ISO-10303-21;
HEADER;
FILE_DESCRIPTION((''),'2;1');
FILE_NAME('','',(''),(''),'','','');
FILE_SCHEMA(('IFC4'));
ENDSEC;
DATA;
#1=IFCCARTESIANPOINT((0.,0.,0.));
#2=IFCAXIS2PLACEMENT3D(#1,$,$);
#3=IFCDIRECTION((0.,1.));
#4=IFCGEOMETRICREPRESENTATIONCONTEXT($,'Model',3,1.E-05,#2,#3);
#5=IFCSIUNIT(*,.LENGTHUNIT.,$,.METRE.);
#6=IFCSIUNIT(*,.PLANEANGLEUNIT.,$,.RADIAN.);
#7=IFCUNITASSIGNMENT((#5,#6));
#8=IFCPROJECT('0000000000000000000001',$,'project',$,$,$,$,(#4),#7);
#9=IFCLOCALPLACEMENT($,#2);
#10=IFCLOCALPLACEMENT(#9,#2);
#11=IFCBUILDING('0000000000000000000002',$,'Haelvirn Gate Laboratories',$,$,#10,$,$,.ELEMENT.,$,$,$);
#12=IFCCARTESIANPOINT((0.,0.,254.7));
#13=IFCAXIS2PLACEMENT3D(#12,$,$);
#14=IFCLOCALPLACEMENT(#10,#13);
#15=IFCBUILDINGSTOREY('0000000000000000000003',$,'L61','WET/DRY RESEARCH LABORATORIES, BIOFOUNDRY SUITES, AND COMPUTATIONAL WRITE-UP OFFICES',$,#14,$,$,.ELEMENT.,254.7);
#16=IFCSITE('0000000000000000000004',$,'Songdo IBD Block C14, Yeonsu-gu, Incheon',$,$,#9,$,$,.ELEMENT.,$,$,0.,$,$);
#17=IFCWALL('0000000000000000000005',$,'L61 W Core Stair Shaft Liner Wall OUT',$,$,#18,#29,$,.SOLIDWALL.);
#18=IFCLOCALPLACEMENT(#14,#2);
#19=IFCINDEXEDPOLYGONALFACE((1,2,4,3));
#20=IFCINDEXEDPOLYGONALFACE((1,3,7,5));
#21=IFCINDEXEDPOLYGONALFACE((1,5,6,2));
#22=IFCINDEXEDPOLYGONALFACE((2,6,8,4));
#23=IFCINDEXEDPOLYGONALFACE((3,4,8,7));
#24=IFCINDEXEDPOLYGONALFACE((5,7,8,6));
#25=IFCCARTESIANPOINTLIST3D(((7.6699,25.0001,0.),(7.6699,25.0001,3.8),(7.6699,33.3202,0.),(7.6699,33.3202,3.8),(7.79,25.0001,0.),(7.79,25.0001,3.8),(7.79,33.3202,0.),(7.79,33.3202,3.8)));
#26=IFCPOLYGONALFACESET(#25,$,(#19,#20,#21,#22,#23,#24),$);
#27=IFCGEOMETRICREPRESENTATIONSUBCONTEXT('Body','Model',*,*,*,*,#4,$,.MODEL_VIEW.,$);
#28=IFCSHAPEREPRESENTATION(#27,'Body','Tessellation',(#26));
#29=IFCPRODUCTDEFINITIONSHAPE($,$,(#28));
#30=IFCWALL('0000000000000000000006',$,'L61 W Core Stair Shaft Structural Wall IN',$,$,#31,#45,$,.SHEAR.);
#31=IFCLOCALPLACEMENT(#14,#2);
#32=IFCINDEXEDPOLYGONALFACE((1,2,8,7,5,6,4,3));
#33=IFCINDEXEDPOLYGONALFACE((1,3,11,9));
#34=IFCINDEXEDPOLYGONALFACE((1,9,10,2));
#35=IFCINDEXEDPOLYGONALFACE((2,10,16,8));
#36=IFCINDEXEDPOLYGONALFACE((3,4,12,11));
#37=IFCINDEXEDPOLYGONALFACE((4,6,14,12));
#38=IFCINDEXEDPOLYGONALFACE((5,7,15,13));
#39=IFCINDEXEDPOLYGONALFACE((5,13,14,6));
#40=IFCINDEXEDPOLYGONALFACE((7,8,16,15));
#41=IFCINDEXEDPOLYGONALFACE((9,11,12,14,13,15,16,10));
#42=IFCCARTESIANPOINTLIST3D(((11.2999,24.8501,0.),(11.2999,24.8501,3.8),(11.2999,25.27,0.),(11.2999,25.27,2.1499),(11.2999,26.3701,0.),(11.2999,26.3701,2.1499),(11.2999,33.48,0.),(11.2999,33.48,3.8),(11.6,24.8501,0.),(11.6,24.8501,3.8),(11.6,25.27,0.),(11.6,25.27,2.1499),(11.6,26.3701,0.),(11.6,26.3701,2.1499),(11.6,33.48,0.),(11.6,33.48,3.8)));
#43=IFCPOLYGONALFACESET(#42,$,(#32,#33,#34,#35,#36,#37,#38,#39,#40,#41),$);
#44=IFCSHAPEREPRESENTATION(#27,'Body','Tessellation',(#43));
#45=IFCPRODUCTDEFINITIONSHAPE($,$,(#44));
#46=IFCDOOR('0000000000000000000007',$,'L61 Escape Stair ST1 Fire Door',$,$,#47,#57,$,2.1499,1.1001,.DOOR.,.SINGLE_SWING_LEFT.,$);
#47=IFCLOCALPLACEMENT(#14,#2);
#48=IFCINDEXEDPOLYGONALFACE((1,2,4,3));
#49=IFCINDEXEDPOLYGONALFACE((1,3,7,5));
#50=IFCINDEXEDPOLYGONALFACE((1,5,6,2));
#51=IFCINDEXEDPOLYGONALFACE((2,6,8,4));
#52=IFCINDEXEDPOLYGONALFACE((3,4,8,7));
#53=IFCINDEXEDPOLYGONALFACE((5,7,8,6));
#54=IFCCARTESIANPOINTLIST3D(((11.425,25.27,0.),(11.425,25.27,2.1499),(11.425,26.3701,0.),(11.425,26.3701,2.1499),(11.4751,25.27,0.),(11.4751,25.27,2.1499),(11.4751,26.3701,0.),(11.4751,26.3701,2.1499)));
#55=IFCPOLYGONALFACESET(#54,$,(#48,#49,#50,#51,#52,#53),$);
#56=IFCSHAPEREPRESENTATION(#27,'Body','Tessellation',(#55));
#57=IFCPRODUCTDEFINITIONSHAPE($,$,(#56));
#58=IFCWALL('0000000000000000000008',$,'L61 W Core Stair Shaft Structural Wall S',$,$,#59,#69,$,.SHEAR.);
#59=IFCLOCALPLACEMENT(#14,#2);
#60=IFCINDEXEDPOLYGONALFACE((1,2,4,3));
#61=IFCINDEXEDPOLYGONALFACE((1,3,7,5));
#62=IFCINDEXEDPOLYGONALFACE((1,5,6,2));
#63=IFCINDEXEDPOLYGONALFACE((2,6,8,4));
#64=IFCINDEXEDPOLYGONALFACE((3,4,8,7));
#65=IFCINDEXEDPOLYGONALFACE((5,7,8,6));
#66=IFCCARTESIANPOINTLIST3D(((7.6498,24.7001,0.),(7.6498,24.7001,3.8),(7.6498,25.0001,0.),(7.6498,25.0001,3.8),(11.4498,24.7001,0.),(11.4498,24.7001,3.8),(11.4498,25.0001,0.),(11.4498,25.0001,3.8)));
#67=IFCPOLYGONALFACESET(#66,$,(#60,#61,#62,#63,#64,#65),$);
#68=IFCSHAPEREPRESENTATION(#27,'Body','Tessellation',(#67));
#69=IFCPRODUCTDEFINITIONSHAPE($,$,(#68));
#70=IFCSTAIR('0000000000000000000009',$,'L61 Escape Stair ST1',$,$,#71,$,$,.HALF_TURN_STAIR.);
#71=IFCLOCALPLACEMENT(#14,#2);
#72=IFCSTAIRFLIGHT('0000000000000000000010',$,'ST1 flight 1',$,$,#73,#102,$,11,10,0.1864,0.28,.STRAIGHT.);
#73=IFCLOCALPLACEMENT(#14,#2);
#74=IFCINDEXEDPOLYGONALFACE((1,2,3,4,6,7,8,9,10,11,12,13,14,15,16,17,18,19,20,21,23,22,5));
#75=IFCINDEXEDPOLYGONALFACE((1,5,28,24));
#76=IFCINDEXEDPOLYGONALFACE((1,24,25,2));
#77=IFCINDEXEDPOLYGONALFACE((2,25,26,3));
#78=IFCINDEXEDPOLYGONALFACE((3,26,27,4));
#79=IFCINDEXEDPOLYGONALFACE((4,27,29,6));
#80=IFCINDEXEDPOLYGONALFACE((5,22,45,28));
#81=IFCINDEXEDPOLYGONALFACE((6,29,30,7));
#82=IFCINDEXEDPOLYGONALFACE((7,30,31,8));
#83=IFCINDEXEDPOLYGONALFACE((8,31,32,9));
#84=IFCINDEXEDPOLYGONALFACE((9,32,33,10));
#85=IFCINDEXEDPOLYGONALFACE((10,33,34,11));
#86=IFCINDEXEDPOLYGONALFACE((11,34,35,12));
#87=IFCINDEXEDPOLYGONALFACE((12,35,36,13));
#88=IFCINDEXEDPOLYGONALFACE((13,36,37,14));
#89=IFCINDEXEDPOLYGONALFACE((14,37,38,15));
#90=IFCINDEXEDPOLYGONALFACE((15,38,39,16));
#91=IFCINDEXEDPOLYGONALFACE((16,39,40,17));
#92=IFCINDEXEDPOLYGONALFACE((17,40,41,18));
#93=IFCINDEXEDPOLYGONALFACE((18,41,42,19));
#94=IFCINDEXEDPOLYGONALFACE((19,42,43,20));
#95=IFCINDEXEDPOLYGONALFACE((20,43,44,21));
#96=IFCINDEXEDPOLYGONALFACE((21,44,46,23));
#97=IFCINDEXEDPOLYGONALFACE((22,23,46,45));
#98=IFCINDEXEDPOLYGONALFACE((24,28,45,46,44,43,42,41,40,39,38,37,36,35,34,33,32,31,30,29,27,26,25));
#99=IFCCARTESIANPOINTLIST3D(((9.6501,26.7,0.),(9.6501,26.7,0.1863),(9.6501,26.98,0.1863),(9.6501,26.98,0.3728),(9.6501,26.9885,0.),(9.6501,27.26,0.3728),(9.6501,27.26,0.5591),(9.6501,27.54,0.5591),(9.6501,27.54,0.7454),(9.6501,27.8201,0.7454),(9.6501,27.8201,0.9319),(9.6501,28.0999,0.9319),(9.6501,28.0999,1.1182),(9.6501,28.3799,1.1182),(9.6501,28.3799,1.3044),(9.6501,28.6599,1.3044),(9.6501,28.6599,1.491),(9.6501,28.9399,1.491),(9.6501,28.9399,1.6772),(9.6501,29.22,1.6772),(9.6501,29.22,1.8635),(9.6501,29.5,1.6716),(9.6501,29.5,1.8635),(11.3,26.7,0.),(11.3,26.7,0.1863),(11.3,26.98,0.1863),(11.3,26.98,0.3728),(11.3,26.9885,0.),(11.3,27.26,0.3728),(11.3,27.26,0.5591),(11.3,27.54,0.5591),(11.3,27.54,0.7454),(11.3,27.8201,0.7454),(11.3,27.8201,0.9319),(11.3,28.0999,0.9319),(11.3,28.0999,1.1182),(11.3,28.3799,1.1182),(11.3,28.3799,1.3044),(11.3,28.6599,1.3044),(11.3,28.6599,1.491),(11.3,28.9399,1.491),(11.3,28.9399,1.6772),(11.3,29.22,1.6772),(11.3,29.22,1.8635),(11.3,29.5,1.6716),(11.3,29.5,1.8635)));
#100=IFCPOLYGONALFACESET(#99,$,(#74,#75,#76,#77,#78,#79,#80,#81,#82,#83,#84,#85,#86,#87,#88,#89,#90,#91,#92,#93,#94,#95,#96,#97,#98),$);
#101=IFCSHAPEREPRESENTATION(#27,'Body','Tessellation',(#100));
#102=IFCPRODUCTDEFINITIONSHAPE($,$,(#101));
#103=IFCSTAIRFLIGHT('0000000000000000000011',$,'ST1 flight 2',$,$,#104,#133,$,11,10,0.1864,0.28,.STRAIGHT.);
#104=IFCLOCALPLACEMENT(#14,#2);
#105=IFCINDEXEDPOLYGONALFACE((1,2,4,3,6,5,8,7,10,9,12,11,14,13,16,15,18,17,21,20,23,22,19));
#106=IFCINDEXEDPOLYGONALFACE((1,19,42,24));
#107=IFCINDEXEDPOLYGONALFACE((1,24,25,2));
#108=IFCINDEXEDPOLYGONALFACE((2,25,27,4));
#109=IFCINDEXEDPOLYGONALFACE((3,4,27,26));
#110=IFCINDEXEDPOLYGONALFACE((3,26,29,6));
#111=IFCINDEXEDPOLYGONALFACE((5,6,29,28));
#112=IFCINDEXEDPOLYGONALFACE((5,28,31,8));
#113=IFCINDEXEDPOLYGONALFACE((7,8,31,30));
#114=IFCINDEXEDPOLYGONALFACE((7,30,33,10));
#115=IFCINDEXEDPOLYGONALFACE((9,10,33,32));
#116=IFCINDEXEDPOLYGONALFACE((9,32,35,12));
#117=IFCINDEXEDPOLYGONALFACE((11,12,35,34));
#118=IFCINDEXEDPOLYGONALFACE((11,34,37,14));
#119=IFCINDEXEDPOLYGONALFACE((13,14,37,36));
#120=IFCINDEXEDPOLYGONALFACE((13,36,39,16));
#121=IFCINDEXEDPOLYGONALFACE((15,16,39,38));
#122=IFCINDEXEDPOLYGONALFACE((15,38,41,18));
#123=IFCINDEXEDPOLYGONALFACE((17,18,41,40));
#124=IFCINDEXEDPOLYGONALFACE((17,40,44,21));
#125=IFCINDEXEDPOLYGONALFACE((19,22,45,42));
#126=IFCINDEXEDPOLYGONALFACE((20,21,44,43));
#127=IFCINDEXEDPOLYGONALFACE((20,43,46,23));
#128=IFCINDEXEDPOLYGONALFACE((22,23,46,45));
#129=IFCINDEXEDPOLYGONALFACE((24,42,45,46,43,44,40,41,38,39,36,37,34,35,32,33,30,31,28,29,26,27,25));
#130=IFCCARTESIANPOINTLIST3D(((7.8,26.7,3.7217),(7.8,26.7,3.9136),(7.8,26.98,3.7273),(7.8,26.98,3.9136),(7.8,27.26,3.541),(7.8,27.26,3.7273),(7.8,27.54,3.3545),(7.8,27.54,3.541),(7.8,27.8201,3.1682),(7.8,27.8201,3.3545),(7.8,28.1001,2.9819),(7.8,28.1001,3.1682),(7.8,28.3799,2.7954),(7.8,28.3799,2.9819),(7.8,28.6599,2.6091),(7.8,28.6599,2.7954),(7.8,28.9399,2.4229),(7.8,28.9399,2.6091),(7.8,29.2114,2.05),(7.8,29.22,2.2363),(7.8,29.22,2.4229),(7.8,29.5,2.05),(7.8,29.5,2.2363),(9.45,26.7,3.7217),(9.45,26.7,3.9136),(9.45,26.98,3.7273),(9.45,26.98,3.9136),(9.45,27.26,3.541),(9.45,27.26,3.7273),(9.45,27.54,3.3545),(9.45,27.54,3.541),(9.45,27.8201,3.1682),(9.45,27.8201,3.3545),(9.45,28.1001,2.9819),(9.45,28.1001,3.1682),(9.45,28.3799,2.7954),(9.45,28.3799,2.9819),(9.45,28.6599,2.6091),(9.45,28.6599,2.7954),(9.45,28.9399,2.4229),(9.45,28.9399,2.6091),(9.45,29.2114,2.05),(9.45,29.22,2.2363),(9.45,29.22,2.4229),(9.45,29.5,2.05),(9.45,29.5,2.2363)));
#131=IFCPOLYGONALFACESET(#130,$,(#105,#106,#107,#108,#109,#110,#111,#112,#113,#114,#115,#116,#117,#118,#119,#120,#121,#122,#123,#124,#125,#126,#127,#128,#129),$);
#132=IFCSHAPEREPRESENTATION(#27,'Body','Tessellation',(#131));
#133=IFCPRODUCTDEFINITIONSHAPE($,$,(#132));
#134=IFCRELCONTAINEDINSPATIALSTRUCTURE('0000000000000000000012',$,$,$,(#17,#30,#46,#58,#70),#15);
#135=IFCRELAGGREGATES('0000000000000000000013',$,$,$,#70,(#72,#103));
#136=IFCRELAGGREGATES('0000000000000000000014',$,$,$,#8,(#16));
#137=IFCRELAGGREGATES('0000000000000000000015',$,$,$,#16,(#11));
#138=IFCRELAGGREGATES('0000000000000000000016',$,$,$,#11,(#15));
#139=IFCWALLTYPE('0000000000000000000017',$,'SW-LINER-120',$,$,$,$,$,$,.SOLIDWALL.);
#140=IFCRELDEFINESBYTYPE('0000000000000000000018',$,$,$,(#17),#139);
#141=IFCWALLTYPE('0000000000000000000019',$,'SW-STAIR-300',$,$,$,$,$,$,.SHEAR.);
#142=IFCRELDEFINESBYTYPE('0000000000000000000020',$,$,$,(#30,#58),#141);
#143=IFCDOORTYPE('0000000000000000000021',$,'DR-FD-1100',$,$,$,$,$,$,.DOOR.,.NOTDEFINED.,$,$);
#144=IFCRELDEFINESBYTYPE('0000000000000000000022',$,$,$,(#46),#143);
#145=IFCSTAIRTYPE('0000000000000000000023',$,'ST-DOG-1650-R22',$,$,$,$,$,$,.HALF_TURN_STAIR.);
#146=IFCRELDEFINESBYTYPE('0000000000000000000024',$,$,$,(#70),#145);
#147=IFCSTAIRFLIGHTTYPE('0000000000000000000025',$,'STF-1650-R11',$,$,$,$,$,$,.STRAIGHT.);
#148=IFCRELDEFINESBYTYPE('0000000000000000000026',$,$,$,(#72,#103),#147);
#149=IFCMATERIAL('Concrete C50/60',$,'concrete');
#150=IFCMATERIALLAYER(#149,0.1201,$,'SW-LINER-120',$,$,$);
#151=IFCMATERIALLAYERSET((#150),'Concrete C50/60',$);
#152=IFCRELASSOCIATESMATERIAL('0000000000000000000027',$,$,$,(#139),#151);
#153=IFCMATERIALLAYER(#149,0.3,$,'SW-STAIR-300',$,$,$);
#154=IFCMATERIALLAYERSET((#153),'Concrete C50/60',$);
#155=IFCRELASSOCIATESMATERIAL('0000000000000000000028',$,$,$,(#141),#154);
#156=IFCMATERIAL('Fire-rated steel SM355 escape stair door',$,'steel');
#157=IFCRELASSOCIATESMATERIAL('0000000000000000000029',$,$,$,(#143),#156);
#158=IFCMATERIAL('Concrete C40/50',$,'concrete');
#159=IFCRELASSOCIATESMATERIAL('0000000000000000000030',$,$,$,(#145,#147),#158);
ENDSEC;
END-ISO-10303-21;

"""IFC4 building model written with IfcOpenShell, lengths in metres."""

from ifc_helpers import new_model, si_unit, direction, frame, frame_2d, origin, place, context, subcontext, project, spatial, polyline, rectangle, outline, extrude, source, transform, mapped, material, layer, layer_set, type_object, type_shapes, element, fill, aggregate, save


model = new_model("IFC4")

# Units and contexts
model_context = context("Model", 3, precision=1e-05, world=origin(), true_north=direction((0.0, 1.0)))
body_context = subcontext(model_context, "Body", "Model", "MODEL_VIEW")
ifc_project = project(units=[si_unit("LENGTHUNIT", "METRE"), si_unit("PLANEANGLEUNIT", "RADIAN")], contexts=[model_context])

# Site, building, storey
site_placement = place(None, origin())
site = spatial("IfcSite", under=ifc_project, at=site_placement, Name="Songdo IBD Block C14, Yeonsu-gu, Incheon", CompositionType="ELEMENT", RefElevation=0.0)
building_placement = place(site_placement, origin())
building = spatial("IfcBuilding", under=site, at=building_placement, Name="Haelvirn Gate Laboratories", CompositionType="ELEMENT")
storey_placement = place(building_placement, frame((0.0, 0.0, 254.7)))
storey = spatial("IfcBuildingStorey", under=building, at=storey_placement, Name="L61", Description="WET/DRY RESEARCH LABORATORIES, BIOFOUNDRY SUITES, AND COMPUTATIONAL WRITE-UP OFFICES", CompositionType="ELEMENT", Elevation=254.7)

# Shared definitions
ifc_material_1 = material(Name="Concrete C50/60", Category="concrete")

# Shared definitions
ifc_material_2 = material(Name="Concrete C40/50", Category="concrete")

# Wall
ifc_layer_1 = layer(ifc_material_1, 0.1201, Name="SW-LINER-120")
ifc_layer_set_1 = layer_set([ifc_layer_1], Name="Concrete C50/60")
wall_type_1 = type_object("IfcWallType", Name="SW-LINER-120", PredefinedType="SOLIDWALL", material=ifc_layer_set_1)
wall_1_placement = place(storey_placement, frame((7.73, 25.0, 0.0), z_axis=(0.0, 0.0, 1.0), x_axis=(0.0, 1.0, 0.0)))
element("IfcWall", 1, at=wall_1_placement, inside=storey, type_object=wall_type_1, Name="L61 W Core Stair Shaft Liner Wall OUT", PredefinedType="SOLIDWALL", context=body_context, shape_type="SweptSolid", body=[
    extrude(rectangle(XDim=8.3201, YDim=0.1201, at=frame_2d((4.1602, 0.0))), origin(), (0.0, 0.0, 1.0), 3.8),
])

# Wall, opening, door
ifc_layer_2 = layer(ifc_material_1, 0.3, Name="SW-STAIR-300")
ifc_layer_set_2 = layer_set([ifc_layer_2], Name="Concrete C50/60")
wall_type_2 = type_object("IfcWallType", Name="SW-STAIR-300", PredefinedType="SHEAR", material=ifc_layer_set_2)
wall_2_placement = place(storey_placement, frame((11.45, 24.8501, 0.0), z_axis=(0.0, 0.0, 1.0), x_axis=(0.0, 1.0, 0.0)))
wall_2 = element("IfcWall", 2, at=wall_2_placement, inside=storey, type_object=wall_type_2, Name="L61 W Core Stair Shaft Structural Wall IN", PredefinedType="SHEAR", context=body_context, shape_type="SweptSolid", body=[
    extrude(rectangle(XDim=8.6299, YDim=0.3, at=frame_2d((4.3149, 0.0))), origin(), (0.0, 0.0, 1.0), 3.8),
])
opening_1_placement = place(wall_2_placement, frame((0.4199, 0.0, 0.0)))
opening_1 = element("IfcOpeningElement", 3, at=opening_1_placement, cuts=wall_2, PredefinedType="OPENING", context=body_context, shape_type="SweptSolid", body=[
    extrude(rectangle(XDim=1.1001, YDim=2.1499, at=frame_2d((0.55, 1.075))), frame((0.0, 0.1602, 0.0), z_axis=(0.0, -1.0, 0.0), x_axis=(1.0, 0.0, 0.0)), (0.0, 0.0, 1.0), 0.3201),
])
ifc_material_3 = material(Name="Fire-rated steel SM355 escape stair door", Category="steel")
door_type_1 = type_object("IfcDoorType", Name="DR-FD-1100", OperationType="NOTDEFINED", PredefinedType="DOOR", material=ifc_material_3)
shared_shape_1 = source(origin(), body_context, "Body", "SweptSolid", [
    extrude(rectangle(XDim=1.1001, YDim=2.1499, at=frame_2d((0.55, 1.075))), frame((0.0, 0.0249, 0.0), z_axis=(0.0, -1.0, 0.0), x_axis=(1.0, 0.0, 0.0)), (0.0, 0.0, 1.0), 0.05),
])
type_shapes(door_type_1, [shared_shape_1])
door_1_placement = place(opening_1_placement, origin())
door_1 = element("IfcDoor", 4, at=door_1_placement, inside=storey, type_object=door_type_1, Name="L61 Escape Stair ST1 Fire Door", OperationType="SINGLE_SWING_LEFT", OverallHeight=2.1499, OverallWidth=1.1001, PredefinedType="DOOR", context=body_context, shape_type="MappedRepresentation", body=[
    mapped(shared_shape_1, transform((0.0, 0.0, 0.0), scale=1.0)),
])
fill(opening_1, door_1)

# Wall
wall_3_placement = place(storey_placement, frame((7.6499, 24.8501, 0.0), z_axis=(0.0, 0.0, 1.0), x_axis=(1.0, 0.0, 0.0)))
element("IfcWall", 5, at=wall_3_placement, inside=storey, type_object=wall_type_2, Name="L61 W Core Stair Shaft Structural Wall S", PredefinedType="SHEAR", context=body_context, shape_type="SweptSolid", body=[
    extrude(rectangle(XDim=3.8, YDim=0.3, at=frame_2d((1.8999, 0.0))), origin(), (0.0, 0.0, 1.0), 3.8),
])

# Stair, stair flights
stair_type = type_object("IfcStairType", Name="ST-DOG-1650-R22", PredefinedType="HALF_TURN_STAIR", material=ifc_material_2)
stair_placement = place(storey_placement, origin())
stair = element("IfcStair", 6, at=stair_placement, inside=storey, type_object=stair_type, Name="L61 Escape Stair ST1", PredefinedType="HALF_TURN_STAIR")
stair_flight_type = type_object("IfcStairFlightType", Name="STF-1650-R11", PredefinedType="STRAIGHT", material=ifc_material_2)
shared_shape_2 = source(origin(), body_context, "Body", "SweptSolid", [
    extrude(outline(polyline([(0.0, 0.0), (0.0, 0.1863), (0.28, 0.1863), (0.28, 0.3728), (0.5601, 0.3728), (0.5601, 0.5591), (0.8401, 0.5591), (0.8401, 0.7454), (1.1201, 0.7454), (1.1201, 0.9319), (1.3999, 0.9319), (1.3999, 1.1182), (1.6799, 1.1182), (1.6799, 1.3044), (1.96, 1.3044), (1.96, 1.491), (2.24, 1.491), (2.24, 1.6772), (2.52, 1.6772), (2.52, 1.8635), (2.8, 1.8635), (2.8, 2.05), (2.8, 1.6716), (0.2886, 0.0), (0.0, 0.0)])), frame((0.0, 0.825, 0.0), z_axis=(0.0, -1.0, 0.0), x_axis=(1.0, 0.0, 0.0)), (0.0, 0.0, 1.0), 1.6499),
])
type_shapes(stair_flight_type, [shared_shape_2])
stair_flight_1_placement = place(storey_placement, frame((10.4751, 26.7, 0.0), z_axis=(0.0, 0.0, 1.0), x_axis=(0.0, 1.0, 0.0)))
stair_flight_1 = element("IfcStairFlight", 7, at=stair_flight_1_placement, type_object=stair_flight_type, Name="ST1 flight 1", NumberOfRisers=11, NumberOfTreads=10, PredefinedType="STRAIGHT", RiserHeight=0.1864, TreadLength=0.28, context=body_context, shape_type="MappedRepresentation", body=[
    mapped(shared_shape_2, transform((0.0, 0.0, 0.0), scale=1.0)),
])
stair_flight_2_placement = place(storey_placement, frame((8.625, 29.5, 2.05), z_axis=(0.0, 0.0, 1.0), x_axis=(0.0, -1.0, 0.0)))
stair_flight_2 = element("IfcStairFlight", 8, at=stair_flight_2_placement, type_object=stair_flight_type, Name="ST1 flight 2", NumberOfRisers=11, NumberOfTreads=10, PredefinedType="STRAIGHT", RiserHeight=0.1864, TreadLength=0.28, context=body_context, shape_type="MappedRepresentation", body=[
    mapped(shared_shape_2, transform((0.0, 0.0, 0.0), scale=1.0)),
])
aggregate(stair, [stair_flight_1, stair_flight_2])

save(model, "model.ifc")
